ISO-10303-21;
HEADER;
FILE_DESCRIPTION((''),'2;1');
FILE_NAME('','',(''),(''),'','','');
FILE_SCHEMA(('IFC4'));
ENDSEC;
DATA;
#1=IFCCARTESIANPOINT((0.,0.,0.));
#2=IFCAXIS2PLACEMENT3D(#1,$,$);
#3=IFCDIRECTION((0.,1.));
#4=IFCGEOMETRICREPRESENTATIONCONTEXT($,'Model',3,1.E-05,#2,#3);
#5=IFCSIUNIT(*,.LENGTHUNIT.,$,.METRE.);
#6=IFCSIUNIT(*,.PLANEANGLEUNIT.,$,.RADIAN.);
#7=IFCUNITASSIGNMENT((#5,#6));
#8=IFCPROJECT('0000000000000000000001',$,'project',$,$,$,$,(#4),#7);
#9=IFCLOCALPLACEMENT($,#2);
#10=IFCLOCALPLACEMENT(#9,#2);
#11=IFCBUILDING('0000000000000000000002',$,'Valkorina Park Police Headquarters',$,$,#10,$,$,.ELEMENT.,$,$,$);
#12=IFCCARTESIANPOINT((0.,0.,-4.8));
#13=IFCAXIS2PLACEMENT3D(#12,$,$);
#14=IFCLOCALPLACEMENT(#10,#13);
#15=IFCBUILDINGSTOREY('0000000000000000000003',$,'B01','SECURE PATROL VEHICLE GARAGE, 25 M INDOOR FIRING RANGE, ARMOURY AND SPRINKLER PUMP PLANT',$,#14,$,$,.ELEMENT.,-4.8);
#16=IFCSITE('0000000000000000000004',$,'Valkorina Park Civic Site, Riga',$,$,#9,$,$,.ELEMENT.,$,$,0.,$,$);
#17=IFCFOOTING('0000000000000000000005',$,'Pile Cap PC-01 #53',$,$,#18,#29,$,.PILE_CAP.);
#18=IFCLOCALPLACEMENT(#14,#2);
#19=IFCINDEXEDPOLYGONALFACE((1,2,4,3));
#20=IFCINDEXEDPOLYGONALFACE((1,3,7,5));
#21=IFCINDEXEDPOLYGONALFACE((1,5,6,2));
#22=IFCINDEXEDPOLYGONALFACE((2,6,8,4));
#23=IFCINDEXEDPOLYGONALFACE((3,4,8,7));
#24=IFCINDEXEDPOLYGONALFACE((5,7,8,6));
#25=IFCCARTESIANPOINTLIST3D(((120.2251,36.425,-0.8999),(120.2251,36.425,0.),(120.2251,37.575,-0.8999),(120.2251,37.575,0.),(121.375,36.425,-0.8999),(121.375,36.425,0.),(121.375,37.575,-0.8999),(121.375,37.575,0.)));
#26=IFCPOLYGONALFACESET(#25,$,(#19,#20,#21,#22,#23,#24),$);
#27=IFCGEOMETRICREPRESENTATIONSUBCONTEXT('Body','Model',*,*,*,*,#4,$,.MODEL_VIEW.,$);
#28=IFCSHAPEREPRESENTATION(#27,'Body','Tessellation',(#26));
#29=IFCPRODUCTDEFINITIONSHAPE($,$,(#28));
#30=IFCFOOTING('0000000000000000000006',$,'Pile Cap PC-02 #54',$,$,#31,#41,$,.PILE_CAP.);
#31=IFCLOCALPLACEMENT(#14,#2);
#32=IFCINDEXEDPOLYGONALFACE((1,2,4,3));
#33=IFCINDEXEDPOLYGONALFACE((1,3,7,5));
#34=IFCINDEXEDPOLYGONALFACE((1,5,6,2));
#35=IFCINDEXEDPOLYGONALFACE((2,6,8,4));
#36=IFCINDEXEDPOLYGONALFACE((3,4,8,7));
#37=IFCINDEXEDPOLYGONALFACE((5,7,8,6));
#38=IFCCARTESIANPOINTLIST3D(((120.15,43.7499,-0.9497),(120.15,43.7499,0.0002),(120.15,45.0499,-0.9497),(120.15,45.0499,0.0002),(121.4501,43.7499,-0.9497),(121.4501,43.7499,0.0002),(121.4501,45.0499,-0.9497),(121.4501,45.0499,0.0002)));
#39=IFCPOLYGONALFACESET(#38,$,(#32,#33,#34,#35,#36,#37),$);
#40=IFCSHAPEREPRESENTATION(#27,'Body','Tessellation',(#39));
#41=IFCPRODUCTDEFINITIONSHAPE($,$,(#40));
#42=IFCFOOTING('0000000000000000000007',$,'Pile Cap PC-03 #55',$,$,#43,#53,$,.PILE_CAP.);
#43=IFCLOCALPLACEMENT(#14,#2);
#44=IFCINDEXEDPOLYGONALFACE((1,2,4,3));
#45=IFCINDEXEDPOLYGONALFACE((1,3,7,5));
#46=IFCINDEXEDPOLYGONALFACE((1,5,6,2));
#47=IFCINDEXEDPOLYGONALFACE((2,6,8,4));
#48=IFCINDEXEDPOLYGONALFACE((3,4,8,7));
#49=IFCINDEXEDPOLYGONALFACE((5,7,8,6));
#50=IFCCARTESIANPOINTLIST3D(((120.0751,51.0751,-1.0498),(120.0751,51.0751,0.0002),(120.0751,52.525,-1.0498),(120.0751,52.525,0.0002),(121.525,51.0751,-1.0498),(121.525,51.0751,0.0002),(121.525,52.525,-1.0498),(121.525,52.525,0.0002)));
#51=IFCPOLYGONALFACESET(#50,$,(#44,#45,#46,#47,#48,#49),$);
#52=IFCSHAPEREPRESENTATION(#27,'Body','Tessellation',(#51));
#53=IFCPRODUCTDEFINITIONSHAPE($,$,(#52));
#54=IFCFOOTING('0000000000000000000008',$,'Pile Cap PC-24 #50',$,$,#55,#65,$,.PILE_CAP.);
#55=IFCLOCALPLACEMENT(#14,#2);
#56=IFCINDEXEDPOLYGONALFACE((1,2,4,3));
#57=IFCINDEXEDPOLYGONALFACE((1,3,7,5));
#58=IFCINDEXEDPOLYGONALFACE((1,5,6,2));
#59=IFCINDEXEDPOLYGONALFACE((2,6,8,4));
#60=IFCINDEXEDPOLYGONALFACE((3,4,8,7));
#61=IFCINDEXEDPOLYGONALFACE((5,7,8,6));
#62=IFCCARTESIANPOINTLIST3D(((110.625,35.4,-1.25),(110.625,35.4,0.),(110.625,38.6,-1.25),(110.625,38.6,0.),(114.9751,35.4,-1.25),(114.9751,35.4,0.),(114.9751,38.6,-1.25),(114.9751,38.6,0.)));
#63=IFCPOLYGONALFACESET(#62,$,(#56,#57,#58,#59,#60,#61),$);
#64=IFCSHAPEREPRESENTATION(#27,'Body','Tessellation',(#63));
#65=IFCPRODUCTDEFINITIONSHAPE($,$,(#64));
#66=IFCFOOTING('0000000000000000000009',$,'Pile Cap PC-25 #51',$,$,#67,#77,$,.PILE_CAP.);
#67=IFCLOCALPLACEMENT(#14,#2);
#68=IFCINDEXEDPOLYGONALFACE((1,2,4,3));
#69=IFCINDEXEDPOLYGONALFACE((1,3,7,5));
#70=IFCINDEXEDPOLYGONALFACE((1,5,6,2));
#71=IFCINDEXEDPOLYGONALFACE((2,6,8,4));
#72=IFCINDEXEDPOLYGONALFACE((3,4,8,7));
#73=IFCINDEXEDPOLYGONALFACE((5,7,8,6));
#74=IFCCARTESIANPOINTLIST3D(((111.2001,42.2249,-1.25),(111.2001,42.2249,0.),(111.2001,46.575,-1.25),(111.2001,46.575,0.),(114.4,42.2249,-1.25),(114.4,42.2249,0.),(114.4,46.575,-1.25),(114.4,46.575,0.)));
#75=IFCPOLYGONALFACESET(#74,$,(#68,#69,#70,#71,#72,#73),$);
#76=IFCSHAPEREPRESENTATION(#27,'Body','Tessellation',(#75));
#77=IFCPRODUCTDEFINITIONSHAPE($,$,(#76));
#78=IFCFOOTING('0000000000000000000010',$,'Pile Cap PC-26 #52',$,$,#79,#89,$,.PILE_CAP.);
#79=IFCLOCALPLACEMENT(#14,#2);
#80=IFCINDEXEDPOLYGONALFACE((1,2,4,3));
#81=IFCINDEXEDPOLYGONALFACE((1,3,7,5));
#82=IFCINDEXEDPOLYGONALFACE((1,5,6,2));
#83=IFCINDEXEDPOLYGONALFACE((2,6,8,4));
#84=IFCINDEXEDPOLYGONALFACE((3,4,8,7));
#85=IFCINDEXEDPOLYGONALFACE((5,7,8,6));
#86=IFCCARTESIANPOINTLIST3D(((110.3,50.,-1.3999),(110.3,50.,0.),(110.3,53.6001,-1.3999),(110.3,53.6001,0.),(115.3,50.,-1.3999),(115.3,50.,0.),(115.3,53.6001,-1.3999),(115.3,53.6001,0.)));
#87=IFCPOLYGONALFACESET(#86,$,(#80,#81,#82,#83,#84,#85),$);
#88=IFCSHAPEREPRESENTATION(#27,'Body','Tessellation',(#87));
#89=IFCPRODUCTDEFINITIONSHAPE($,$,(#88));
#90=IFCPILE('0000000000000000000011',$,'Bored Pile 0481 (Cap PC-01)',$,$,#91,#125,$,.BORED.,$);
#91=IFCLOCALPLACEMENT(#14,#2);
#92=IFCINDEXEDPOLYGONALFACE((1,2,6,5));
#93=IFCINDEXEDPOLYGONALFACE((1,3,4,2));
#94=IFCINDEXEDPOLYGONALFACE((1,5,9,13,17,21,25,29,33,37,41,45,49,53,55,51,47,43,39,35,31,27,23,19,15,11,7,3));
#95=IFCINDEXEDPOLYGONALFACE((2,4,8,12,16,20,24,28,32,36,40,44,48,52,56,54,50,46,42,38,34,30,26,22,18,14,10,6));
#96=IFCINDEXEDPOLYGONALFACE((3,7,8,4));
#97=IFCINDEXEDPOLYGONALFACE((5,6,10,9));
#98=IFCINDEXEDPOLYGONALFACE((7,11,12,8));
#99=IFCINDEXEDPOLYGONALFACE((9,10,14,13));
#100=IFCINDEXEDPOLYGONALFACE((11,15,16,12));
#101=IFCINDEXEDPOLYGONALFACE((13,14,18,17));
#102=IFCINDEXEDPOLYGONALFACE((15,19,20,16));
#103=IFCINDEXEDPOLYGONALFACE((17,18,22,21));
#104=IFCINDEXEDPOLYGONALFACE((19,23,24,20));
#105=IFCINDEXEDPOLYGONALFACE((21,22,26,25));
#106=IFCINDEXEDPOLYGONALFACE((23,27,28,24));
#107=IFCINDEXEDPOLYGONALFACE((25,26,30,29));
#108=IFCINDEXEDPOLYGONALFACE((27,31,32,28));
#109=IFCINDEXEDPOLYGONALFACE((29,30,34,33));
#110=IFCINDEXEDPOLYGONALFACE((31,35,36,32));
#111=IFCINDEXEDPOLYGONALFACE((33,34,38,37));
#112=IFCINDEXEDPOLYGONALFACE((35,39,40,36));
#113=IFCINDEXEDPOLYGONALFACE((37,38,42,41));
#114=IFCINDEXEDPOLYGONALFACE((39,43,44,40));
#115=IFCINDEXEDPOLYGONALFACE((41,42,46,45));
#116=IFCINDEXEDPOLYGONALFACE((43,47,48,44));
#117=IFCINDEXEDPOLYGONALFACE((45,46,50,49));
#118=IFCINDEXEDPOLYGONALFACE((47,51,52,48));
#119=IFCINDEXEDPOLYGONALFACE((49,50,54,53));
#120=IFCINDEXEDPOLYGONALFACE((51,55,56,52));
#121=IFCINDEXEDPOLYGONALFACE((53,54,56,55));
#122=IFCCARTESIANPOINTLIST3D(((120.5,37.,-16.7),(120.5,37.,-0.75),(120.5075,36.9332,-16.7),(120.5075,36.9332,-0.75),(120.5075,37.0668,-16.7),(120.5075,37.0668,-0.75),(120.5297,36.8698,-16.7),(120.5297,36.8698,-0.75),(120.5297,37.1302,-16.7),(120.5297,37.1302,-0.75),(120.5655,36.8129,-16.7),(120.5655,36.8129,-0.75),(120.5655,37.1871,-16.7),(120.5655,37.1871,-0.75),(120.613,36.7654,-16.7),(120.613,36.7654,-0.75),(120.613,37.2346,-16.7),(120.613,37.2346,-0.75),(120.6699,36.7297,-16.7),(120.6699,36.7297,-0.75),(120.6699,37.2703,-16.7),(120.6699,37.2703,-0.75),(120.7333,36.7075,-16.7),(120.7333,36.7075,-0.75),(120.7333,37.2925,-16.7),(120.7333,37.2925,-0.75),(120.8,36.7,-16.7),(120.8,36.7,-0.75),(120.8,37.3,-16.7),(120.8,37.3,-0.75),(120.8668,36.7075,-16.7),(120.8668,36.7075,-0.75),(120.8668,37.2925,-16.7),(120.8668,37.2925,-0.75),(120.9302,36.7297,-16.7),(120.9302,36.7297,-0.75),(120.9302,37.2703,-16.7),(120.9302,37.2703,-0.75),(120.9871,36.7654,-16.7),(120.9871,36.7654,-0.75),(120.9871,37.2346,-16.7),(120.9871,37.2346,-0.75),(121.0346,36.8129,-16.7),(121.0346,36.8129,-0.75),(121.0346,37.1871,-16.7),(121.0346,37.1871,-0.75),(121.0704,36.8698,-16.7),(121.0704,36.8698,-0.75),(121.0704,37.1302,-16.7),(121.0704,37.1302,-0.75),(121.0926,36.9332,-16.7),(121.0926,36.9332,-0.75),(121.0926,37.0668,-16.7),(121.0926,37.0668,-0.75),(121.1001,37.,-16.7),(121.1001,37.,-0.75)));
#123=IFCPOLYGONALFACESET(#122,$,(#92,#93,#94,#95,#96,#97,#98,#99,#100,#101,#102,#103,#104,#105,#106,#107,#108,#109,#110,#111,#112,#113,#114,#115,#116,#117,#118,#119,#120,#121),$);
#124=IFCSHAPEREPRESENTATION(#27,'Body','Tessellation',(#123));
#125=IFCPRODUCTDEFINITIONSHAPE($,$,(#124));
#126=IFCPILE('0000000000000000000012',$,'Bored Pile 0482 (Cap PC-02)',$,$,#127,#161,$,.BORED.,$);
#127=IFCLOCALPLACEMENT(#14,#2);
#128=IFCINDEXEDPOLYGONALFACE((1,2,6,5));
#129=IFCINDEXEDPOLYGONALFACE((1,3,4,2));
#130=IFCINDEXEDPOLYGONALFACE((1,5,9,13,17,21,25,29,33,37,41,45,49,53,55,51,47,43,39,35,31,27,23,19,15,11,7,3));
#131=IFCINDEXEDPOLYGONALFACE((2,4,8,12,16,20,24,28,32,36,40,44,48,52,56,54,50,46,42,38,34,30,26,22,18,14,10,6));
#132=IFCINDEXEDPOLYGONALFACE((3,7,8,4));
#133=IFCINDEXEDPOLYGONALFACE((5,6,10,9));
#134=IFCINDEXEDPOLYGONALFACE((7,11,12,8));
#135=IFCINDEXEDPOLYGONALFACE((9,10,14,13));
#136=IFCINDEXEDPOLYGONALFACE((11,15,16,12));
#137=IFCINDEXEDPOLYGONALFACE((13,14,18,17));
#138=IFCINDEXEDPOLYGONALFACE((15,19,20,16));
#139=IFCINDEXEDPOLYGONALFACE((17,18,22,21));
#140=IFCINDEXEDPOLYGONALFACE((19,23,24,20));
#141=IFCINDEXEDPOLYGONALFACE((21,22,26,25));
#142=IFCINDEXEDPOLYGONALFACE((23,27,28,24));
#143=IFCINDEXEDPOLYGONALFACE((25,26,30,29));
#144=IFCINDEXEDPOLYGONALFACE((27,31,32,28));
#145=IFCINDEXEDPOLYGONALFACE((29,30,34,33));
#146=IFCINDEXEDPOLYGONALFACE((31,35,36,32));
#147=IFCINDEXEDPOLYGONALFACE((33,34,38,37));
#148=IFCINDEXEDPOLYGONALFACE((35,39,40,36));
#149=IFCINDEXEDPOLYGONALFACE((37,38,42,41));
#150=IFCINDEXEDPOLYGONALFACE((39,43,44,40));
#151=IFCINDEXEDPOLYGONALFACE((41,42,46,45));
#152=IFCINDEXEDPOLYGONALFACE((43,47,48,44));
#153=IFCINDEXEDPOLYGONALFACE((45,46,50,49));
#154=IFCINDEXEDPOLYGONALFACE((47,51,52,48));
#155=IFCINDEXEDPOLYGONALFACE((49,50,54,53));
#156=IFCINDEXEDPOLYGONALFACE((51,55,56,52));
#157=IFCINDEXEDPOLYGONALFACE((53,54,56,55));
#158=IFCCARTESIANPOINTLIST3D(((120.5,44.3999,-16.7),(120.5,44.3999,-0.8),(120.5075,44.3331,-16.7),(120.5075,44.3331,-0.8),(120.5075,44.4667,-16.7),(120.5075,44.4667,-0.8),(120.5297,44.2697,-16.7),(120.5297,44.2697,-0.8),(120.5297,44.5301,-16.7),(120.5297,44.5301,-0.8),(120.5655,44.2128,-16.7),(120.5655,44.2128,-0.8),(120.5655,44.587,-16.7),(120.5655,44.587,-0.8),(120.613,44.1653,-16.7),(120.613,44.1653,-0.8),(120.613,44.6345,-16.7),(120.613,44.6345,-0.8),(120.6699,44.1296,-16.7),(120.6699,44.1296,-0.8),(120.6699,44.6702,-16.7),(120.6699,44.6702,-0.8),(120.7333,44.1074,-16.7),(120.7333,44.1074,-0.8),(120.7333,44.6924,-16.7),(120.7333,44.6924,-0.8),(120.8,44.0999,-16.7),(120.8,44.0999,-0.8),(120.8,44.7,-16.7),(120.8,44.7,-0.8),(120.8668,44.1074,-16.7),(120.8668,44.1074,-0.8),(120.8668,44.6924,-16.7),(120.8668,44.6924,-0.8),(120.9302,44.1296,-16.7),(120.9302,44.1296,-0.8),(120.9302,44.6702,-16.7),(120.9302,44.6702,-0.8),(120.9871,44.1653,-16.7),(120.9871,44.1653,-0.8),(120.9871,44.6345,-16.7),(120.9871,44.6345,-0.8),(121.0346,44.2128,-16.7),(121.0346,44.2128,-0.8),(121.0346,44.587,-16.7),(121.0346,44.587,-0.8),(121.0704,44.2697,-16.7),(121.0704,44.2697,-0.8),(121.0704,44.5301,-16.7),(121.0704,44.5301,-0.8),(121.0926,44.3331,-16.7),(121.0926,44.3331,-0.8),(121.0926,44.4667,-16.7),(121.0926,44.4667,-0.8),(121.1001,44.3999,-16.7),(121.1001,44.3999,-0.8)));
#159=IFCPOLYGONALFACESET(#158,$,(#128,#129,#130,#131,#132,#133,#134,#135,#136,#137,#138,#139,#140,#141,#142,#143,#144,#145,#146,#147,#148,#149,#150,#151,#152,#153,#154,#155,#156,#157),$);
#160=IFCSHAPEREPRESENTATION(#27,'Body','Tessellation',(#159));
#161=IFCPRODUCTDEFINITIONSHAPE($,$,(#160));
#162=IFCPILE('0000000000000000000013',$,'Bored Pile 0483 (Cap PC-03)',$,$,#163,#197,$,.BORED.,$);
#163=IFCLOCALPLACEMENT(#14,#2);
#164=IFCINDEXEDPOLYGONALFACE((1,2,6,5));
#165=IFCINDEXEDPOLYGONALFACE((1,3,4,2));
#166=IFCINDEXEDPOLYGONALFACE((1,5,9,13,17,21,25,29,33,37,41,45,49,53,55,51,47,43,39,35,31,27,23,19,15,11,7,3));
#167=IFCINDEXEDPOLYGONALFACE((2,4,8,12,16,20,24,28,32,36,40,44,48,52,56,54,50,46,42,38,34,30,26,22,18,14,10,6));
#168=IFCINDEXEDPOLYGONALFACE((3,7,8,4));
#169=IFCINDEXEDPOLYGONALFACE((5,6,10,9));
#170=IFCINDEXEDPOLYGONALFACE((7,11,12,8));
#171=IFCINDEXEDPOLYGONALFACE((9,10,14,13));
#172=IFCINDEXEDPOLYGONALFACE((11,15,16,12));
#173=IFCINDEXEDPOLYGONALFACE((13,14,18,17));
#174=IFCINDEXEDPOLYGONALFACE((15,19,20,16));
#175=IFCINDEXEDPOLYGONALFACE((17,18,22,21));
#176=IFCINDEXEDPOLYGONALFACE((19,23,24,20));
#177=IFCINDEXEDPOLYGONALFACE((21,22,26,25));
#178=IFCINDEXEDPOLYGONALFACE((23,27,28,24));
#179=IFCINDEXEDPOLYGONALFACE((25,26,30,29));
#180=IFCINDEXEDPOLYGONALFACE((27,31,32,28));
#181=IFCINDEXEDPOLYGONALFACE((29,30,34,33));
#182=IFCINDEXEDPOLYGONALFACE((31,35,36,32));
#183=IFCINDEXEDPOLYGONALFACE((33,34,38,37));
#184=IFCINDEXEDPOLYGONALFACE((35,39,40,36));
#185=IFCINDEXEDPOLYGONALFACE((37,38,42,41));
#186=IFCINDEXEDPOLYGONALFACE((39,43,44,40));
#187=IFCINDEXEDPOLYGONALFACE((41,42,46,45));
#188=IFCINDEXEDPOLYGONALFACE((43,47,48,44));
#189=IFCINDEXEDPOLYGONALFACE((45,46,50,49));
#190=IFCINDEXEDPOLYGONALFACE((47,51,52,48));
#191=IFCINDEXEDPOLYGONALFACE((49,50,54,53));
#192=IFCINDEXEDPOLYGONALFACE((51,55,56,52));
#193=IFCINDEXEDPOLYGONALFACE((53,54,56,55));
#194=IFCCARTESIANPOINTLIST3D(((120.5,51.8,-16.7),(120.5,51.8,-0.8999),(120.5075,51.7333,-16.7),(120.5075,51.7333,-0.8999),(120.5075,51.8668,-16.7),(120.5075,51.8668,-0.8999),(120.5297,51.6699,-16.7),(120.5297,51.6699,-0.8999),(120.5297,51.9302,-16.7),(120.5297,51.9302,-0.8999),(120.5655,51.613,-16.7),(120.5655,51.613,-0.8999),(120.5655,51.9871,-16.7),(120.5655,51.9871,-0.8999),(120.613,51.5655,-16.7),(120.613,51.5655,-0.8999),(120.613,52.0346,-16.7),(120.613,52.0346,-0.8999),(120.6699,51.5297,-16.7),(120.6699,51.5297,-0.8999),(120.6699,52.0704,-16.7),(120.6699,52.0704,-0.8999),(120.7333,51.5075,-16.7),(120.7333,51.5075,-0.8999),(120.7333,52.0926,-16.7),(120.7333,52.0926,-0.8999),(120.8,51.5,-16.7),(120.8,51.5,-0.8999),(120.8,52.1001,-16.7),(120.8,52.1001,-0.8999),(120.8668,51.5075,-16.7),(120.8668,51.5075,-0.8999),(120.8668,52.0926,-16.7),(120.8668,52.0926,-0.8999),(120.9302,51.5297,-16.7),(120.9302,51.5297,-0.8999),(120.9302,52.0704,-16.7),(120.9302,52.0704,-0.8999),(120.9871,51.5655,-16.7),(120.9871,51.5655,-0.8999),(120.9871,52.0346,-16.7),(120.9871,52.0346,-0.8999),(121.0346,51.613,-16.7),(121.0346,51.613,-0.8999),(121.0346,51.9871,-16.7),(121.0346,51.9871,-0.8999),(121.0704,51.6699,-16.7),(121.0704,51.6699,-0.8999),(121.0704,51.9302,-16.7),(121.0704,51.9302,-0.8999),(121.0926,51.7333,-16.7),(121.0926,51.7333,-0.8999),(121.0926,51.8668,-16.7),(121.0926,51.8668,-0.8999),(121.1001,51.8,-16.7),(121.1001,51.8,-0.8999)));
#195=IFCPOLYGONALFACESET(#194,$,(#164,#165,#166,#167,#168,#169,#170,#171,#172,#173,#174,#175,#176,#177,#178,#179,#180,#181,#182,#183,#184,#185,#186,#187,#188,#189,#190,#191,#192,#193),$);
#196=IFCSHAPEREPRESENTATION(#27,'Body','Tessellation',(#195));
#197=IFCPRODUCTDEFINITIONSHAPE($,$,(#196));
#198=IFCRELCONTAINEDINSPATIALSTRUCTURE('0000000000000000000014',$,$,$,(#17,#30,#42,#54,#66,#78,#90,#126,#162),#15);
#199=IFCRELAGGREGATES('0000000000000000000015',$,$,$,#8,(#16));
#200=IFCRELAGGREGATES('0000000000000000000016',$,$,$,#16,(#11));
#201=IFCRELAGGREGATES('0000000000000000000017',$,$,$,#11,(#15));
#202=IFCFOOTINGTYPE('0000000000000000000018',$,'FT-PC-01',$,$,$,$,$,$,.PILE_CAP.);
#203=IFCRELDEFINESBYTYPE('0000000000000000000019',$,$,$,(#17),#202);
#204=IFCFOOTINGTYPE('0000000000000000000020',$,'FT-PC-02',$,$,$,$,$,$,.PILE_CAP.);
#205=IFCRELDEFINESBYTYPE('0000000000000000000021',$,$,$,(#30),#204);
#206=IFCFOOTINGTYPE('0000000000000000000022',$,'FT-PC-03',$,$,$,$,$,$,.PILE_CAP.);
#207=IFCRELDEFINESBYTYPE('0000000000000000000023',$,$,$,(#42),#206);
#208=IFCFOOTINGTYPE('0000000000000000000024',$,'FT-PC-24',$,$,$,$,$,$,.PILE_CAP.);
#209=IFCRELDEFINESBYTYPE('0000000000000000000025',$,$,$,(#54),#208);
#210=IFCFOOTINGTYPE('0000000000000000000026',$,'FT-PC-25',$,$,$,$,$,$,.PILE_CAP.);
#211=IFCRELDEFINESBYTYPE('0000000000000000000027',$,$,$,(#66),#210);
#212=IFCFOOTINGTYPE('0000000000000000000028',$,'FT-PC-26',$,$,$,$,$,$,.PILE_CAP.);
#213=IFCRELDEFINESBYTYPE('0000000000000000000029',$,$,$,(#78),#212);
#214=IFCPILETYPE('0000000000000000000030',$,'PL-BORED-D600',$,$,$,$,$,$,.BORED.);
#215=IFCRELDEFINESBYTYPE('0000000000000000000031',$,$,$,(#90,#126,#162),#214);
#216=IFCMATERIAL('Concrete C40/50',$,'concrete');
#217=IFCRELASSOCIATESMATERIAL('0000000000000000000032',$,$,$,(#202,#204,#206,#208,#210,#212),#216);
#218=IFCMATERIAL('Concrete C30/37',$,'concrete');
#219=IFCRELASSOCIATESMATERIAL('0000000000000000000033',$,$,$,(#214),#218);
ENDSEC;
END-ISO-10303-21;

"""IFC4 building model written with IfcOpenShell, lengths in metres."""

from ifc_helpers import new_model, si_unit, direction, frame, origin, origin_2d, place, context, subcontext, project, spatial, rectangle, circle, extrude, material, material_profile, profile_set, type_object, element, save


model = new_model("IFC4")

# Units and contexts
model_context = context("Model", 3, precision=1e-05, world=origin(), true_north=direction((0.0, 1.0)))
body_context = subcontext(model_context, "Body", "Model", "MODEL_VIEW")
ifc_project = project(units=[si_unit("LENGTHUNIT", "METRE"), si_unit("PLANEANGLEUNIT", "RADIAN")], contexts=[model_context])

# Site, building, storey
site_placement = place(None, origin())
site = spatial("IfcSite", under=ifc_project, at=site_placement, Name="Valkorina Park Civic Site, Riga", CompositionType="ELEMENT", RefElevation=0.0)
building_placement = place(site_placement, origin())
building = spatial("IfcBuilding", under=site, at=building_placement, Name="Valkorina Park Police Headquarters", CompositionType="ELEMENT")
storey_placement = place(building_placement, frame((0.0, 0.0, -4.8)))
storey = spatial("IfcBuildingStorey", under=building, at=storey_placement, Name="B01", Description="SECURE PATROL VEHICLE GARAGE, 25 M INDOOR FIRING RANGE, ARMOURY AND SPRINKLER PUMP PLANT", CompositionType="ELEMENT", Elevation=-4.8)

# Footings
ifc_material_1 = material(Name="Concrete C40/50", Category="concrete")
footing_type_1 = type_object("IfcFootingType", Name="FT-PC-01", PredefinedType="PILE_CAP", material=ifc_material_1)
footing_1_placement = place(storey_placement, frame((120.8, 37.0, -0.8999), z_axis=(0.0, 0.0, 1.0), x_axis=(1.0, 0.0, 0.0)))
element("IfcFooting", 1, at=footing_1_placement, inside=storey, type_object=footing_type_1, Name="Pile Cap PC-01 #53", PredefinedType="PILE_CAP", context=body_context, shape_type="SweptSolid", body=[
    extrude(rectangle(XDim=1.1499, YDim=1.1499, at=origin_2d()), origin(), (0.0, 0.0, 1.0), 0.8999),
])
footing_type_2 = type_object("IfcFootingType", Name="FT-PC-02", PredefinedType="PILE_CAP", material=ifc_material_1)
footing_2_placement = place(storey_placement, frame((120.8, 44.3999, -0.9497), z_axis=(0.0, 0.0, 1.0), x_axis=(1.0, 0.0, 0.0)))
element("IfcFooting", 2, at=footing_2_placement, inside=storey, type_object=footing_type_2, Name="Pile Cap PC-02 #54", PredefinedType="PILE_CAP", context=body_context, shape_type="SweptSolid", body=[
    extrude(rectangle(XDim=1.3, YDim=1.3, at=origin_2d()), origin(), (0.0, 0.0, 1.0), 0.95),
])
footing_type_3 = type_object("IfcFootingType", Name="FT-PC-03", PredefinedType="PILE_CAP", material=ifc_material_1)
footing_3_placement = place(storey_placement, frame((120.8, 51.8, -1.0498), z_axis=(0.0, 0.0, 1.0), x_axis=(1.0, 0.0, 0.0)))
element("IfcFooting", 3, at=footing_3_placement, inside=storey, type_object=footing_type_3, Name="Pile Cap PC-03 #55", PredefinedType="PILE_CAP", context=body_context, shape_type="SweptSolid", body=[
    extrude(rectangle(XDim=1.45, YDim=1.45, at=origin_2d()), origin(), (0.0, 0.0, 1.0), 1.05),
])
footing_type_4 = type_object("IfcFootingType", Name="FT-PC-24", PredefinedType="PILE_CAP", material=ifc_material_1)
footing_4_placement = place(storey_placement, frame((112.8, 37.0, -1.25), z_axis=(0.0, 0.0, 1.0), x_axis=(1.0, 0.0, 0.0)))
element("IfcFooting", 4, at=footing_4_placement, inside=storey, type_object=footing_type_4, Name="Pile Cap PC-24 #50", PredefinedType="PILE_CAP", context=body_context, shape_type="SweptSolid", body=[
    extrude(rectangle(XDim=4.3501, YDim=3.2, at=origin_2d()), origin(), (0.0, 0.0, 1.0), 1.25),
])
footing_type_5 = type_object("IfcFootingType", Name="FT-PC-25", PredefinedType="PILE_CAP", material=ifc_material_1)
footing_5_placement = place(storey_placement, frame((112.8, 44.3999, -1.25), z_axis=(0.0, 0.0, 1.0), x_axis=(1.0, 0.0, 0.0)))
element("IfcFooting", 5, at=footing_5_placement, inside=storey, type_object=footing_type_5, Name="Pile Cap PC-25 #51", PredefinedType="PILE_CAP", context=body_context, shape_type="SweptSolid", body=[
    extrude(rectangle(XDim=3.2, YDim=4.3501, at=origin_2d()), origin(), (0.0, 0.0, 1.0), 1.25),
])
footing_type_6 = type_object("IfcFootingType", Name="FT-PC-26", PredefinedType="PILE_CAP", material=ifc_material_1)
footing_6_placement = place(storey_placement, frame((112.8, 51.8, -1.3999), z_axis=(0.0, 0.0, 1.0), x_axis=(1.0, 0.0, 0.0)))
element("IfcFooting", 6, at=footing_6_placement, inside=storey, type_object=footing_type_6, Name="Pile Cap PC-26 #52", PredefinedType="PILE_CAP", context=body_context, shape_type="SweptSolid", body=[
    extrude(rectangle(XDim=5.0, YDim=3.6001, at=origin_2d()), origin(), (0.0, 0.0, 1.0), 1.3999),
])

# Piles
ifc_material_2 = material(Name="Concrete C30/37", Category="concrete")
ifc_material_profile_1 = material_profile(ifc_material_2, circle(Radius=0.3, at=origin_2d()), Name="BORED PILE D600")
ifc_profile_set_1 = profile_set([ifc_material_profile_1], Name="Concrete C30/37")
pile_type_1 = type_object("IfcPileType", Name="PL-BORED-D600", PredefinedType="BORED", material=ifc_profile_set_1)
pile_1_placement = place(storey_placement, frame((120.8, 37.0, -0.75), z_axis=(0.0, 0.0, -1.0), x_axis=(1.0, 0.0, 0.0)))
element("IfcPile", 7, at=pile_1_placement, inside=storey, type_object=pile_type_1, Name="Bored Pile 0481 (Cap PC-01)", PredefinedType="BORED", context=body_context, shape_type="SweptSolid", body=[
    extrude(circle(Radius=0.3, at=origin_2d()), origin(), (0.0, 0.0, 1.0), 15.95),
])
pile_2_placement = place(storey_placement, frame((120.8, 44.3999, -0.8), z_axis=(0.0, 0.0, -1.0), x_axis=(1.0, 0.0, 0.0)))
element("IfcPile", 8, at=pile_2_placement, inside=storey, type_object=pile_type_1, Name="Bored Pile 0482 (Cap PC-02)", PredefinedType="BORED", context=body_context, shape_type="SweptSolid", body=[
    extrude(circle(Radius=0.3, at=origin_2d()), origin(), (0.0, 0.0, 1.0), 15.8999),
])
pile_3_placement = place(storey_placement, frame((120.8, 51.8, -0.8999), z_axis=(0.0, 0.0, -1.0), x_axis=(1.0, 0.0, 0.0)))
element("IfcPile", 9, at=pile_3_placement, inside=storey, type_object=pile_type_1, Name="Bored Pile 0483 (Cap PC-03)", PredefinedType="BORED", context=body_context, shape_type="SweptSolid", body=[
    extrude(circle(Radius=0.3, at=origin_2d()), origin(), (0.0, 0.0, 1.0), 15.8),
])

save(model, "model.ifc")
